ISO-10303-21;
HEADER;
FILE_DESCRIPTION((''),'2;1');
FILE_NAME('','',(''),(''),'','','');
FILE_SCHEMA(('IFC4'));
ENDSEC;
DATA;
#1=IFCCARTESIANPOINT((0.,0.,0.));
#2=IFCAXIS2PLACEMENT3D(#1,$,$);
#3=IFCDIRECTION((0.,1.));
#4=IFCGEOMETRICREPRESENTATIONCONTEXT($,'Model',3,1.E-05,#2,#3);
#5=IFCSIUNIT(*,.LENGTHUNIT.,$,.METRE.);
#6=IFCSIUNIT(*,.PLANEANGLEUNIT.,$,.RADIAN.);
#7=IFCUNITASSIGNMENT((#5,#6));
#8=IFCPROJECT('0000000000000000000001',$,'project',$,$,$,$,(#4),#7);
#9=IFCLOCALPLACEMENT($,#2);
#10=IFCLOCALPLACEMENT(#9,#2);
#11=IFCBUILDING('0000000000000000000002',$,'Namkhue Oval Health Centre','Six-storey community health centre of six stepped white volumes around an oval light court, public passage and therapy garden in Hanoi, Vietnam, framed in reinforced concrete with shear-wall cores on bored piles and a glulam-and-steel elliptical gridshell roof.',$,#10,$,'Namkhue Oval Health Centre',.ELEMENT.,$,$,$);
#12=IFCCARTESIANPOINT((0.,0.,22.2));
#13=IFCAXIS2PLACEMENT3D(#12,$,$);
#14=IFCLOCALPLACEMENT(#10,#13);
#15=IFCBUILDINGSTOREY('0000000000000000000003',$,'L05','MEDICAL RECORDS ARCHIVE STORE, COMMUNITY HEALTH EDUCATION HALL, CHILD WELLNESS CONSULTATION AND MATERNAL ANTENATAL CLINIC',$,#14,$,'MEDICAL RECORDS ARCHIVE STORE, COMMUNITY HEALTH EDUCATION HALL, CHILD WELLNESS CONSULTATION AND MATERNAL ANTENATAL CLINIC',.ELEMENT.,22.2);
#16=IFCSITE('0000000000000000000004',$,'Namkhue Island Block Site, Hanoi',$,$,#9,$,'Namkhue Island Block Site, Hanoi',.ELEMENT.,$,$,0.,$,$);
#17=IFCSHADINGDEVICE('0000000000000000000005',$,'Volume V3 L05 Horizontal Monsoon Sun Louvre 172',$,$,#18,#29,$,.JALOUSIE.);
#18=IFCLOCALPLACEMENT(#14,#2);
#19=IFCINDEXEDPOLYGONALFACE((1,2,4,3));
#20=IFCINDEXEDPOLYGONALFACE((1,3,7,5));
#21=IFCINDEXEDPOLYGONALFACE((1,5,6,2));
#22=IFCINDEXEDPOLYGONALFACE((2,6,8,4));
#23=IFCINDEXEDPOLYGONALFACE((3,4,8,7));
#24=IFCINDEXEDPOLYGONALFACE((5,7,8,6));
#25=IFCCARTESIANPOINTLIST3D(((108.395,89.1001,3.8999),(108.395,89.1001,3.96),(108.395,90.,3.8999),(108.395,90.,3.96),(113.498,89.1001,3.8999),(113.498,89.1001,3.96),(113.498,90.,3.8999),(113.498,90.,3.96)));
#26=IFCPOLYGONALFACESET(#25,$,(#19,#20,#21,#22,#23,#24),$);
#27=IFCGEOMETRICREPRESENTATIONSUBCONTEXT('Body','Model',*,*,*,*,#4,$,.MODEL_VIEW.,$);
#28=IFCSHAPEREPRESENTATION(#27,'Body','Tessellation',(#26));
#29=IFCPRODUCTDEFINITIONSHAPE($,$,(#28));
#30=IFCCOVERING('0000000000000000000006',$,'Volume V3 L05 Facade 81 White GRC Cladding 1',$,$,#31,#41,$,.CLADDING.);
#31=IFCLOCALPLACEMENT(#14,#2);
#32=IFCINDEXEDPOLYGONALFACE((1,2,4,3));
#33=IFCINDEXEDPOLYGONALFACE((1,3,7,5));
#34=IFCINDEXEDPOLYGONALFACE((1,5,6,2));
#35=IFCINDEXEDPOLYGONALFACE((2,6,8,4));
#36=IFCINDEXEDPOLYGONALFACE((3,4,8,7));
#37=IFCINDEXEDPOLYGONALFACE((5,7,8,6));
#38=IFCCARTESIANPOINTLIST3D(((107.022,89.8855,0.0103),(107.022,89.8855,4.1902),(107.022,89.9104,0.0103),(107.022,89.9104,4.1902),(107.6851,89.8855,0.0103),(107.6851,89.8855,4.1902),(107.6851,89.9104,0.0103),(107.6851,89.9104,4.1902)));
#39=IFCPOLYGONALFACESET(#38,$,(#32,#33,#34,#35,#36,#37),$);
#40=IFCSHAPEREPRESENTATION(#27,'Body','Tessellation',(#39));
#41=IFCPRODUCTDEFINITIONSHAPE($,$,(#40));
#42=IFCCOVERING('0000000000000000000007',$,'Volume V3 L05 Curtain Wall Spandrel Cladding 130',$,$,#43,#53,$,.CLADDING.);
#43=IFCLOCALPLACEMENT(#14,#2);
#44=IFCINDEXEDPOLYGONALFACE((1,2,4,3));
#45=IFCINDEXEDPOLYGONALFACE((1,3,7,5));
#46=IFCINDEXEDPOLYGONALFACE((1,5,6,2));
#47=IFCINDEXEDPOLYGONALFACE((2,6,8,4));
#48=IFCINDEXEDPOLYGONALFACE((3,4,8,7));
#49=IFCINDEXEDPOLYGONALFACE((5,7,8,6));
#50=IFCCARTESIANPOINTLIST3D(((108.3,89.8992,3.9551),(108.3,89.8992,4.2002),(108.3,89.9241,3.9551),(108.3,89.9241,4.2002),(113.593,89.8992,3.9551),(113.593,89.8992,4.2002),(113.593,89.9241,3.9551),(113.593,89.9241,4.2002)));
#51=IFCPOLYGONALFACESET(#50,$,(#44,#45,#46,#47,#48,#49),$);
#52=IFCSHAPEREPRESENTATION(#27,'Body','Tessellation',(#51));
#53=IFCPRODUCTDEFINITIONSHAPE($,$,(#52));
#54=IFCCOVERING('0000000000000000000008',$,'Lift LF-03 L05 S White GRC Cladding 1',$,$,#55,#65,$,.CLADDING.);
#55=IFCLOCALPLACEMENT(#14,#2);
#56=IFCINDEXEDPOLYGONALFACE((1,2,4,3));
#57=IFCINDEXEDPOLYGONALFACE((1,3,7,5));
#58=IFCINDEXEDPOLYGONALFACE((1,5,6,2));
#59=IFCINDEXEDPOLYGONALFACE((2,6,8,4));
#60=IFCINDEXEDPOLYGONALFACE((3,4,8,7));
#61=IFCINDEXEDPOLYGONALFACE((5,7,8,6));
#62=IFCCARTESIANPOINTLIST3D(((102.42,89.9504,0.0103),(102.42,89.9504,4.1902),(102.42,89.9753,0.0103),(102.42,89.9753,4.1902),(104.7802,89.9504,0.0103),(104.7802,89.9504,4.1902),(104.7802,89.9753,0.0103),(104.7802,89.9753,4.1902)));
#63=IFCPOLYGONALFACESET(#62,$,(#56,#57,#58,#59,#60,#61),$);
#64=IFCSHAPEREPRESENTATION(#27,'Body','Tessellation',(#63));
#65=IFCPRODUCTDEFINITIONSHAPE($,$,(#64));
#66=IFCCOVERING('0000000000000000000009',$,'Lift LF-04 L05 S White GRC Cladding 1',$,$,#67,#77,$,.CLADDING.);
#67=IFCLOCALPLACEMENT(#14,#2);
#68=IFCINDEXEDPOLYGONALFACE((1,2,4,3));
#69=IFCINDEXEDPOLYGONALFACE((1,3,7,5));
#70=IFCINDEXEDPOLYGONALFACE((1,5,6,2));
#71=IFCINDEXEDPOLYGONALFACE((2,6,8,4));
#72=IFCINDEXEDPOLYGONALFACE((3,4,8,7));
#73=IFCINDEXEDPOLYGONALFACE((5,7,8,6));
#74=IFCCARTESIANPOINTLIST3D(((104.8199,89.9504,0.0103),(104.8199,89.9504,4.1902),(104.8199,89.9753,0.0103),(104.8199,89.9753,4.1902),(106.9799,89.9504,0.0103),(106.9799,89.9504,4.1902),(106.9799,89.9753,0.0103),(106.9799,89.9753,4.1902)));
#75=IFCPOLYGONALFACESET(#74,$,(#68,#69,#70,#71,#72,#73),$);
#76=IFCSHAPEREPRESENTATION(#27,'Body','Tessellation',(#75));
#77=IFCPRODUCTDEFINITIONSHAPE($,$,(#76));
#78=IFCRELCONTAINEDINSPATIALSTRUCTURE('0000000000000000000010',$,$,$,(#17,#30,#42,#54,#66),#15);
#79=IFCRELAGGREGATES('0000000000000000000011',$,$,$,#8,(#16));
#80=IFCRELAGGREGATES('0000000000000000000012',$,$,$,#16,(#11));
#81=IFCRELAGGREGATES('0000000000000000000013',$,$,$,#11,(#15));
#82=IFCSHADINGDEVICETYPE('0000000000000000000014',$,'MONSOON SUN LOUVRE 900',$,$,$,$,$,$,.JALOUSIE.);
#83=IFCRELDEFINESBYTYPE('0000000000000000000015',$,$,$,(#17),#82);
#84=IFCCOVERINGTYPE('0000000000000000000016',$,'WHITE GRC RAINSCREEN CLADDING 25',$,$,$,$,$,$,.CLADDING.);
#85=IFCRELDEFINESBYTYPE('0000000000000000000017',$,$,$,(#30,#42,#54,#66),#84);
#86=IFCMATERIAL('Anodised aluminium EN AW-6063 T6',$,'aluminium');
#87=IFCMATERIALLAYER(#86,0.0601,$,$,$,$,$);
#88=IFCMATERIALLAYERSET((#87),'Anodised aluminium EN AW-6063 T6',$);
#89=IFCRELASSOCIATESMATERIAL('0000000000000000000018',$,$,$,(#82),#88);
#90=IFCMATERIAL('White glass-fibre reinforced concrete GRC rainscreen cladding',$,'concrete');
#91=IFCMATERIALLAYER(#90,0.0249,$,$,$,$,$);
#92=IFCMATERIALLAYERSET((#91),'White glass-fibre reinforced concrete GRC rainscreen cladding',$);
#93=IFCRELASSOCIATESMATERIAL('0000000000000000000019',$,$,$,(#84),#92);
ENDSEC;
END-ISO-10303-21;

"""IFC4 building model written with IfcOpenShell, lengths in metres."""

from ifc_helpers import new_model, si_unit, direction, frame, origin, origin_2d, place, context, subcontext, project, spatial, rectangle, extrude, material, layer, layer_set, type_object, element, save


model = new_model("IFC4")

# Units and contexts
model_context = context("Model", 3, precision=1e-05, world=origin(), true_north=direction((0.0, 1.0)))
body_context = subcontext(model_context, "Body", "Model", "MODEL_VIEW")
ifc_project = project(units=[si_unit("LENGTHUNIT", "METRE"), si_unit("PLANEANGLEUNIT", "RADIAN")], contexts=[model_context])

# Site, building, storey
site_placement = place(None, origin())
site = spatial("IfcSite", under=ifc_project, at=site_placement, Name="Namkhue Island Block Site, Hanoi", LongName="Namkhue Island Block Site, Hanoi", CompositionType="ELEMENT", RefElevation=0.0)
building_placement = place(site_placement, origin())
building = spatial("IfcBuilding", under=site, at=building_placement, Name="Namkhue Oval Health Centre", Description="Six-storey community health centre of six stepped white volumes around an oval light court, public passage and therapy garden in Hanoi, Vietnam, framed in reinforced concrete with shear-wall cores on bored piles and a glulam-and-steel elliptical gridshell roof.", LongName="Namkhue Oval Health Centre", CompositionType="ELEMENT")
storey_placement = place(building_placement, frame((0.0, 0.0, 22.2)))
storey = spatial("IfcBuildingStorey", under=building, at=storey_placement, Name="L05", Description="MEDICAL RECORDS ARCHIVE STORE, COMMUNITY HEALTH EDUCATION HALL, CHILD WELLNESS CONSULTATION AND MATERNAL ANTENATAL CLINIC", LongName="MEDICAL RECORDS ARCHIVE STORE, COMMUNITY HEALTH EDUCATION HALL, CHILD WELLNESS CONSULTATION AND MATERNAL ANTENATAL CLINIC", CompositionType="ELEMENT", Elevation=22.2)

# Shared definitions
ifc_material_1 = material(Name="Anodised aluminium EN AW-6063 T6", Category="aluminium")

# Shading device
ifc_layer_1 = layer(ifc_material_1, 0.0601)
ifc_layer_set_1 = layer_set([ifc_layer_1], Name="Anodised aluminium EN AW-6063 T6")
shading_device_type = type_object("IfcShadingDeviceType", Name="MONSOON SUN LOUVRE 900", PredefinedType="JALOUSIE", material=ifc_layer_set_1)
shading_device_placement = place(storey_placement, frame((110.9465, 89.55, 3.8999), z_axis=(0.0, 0.0, 1.0), x_axis=(1.0, 0.0, 0.0)))
element("IfcShadingDevice", 1, at=shading_device_placement, inside=storey, type_object=shading_device_type, Name="Volume V3 L05 Horizontal Monsoon Sun Louvre 172", PredefinedType="JALOUSIE", context=body_context, shape_type="SweptSolid", body=[
    extrude(rectangle(XDim=5.103, YDim=0.8999, at=origin_2d()), origin(), (0.0, 0.0, 1.0), 0.0601),
])

# Coverings
ifc_material_2 = material(Name="White glass-fibre reinforced concrete GRC rainscreen cladding", Category="concrete")
ifc_layer_2 = layer(ifc_material_2, 0.0249)
ifc_layer_set_2 = layer_set([ifc_layer_2], Name="White glass-fibre reinforced concrete GRC rainscreen cladding")
covering_type = type_object("IfcCoveringType", Name="WHITE GRC RAINSCREEN CLADDING 25", PredefinedType="CLADDING", material=ifc_layer_set_2)
covering_1_placement = place(storey_placement, frame((107.3535, 89.8979, 0.0103), z_axis=(0.0, 0.0, 1.0), x_axis=(1.0, 0.0, 0.0)))
element("IfcCovering", 2, at=covering_1_placement, inside=storey, type_object=covering_type, Name="Volume V3 L05 Facade 81 White GRC Cladding 1", PredefinedType="CLADDING", context=body_context, shape_type="SweptSolid", body=[
    extrude(rectangle(XDim=0.6631, YDim=0.0249, at=origin_2d()), origin(), (0.0, 0.0, 1.0), 4.1799),
])
covering_2_placement = place(storey_placement, frame((110.9465, 89.9116, 3.9551), z_axis=(0.0, 0.0, 1.0), x_axis=(1.0, 0.0, 0.0)))
element("IfcCovering", 3, at=covering_2_placement, inside=storey, type_object=covering_type, Name="Volume V3 L05 Curtain Wall Spandrel Cladding 130", PredefinedType="CLADDING", context=body_context, shape_type="SweptSolid", body=[
    extrude(rectangle(XDim=5.293, YDim=0.0249, at=origin_2d()), origin(), (0.0, 0.0, 1.0), 0.2451),
])
covering_3_placement = place(storey_placement, frame((103.6001, 89.9629, 0.0103), z_axis=(0.0, 0.0, 1.0), x_axis=(1.0, 0.0, 0.0)))
element("IfcCovering", 4, at=covering_3_placement, inside=storey, type_object=covering_type, Name="Lift LF-03 L05 S White GRC Cladding 1", PredefinedType="CLADDING", context=body_context, shape_type="SweptSolid", body=[
    extrude(rectangle(XDim=2.3601, YDim=0.0249, at=origin_2d()), origin(), (0.0, 0.0, 1.0), 4.1799),
])
covering_4_placement = place(storey_placement, frame((105.8999, 89.9629, 0.0103), z_axis=(0.0, 0.0, 1.0), x_axis=(1.0, 0.0, 0.0)))
element("IfcCovering", 5, at=covering_4_placement, inside=storey, type_object=covering_type, Name="Lift LF-04 L05 S White GRC Cladding 1", PredefinedType="CLADDING", context=body_context, shape_type="SweptSolid", body=[
    extrude(rectangle(XDim=2.1599, YDim=0.0249, at=origin_2d()), origin(), (0.0, 0.0, 1.0), 4.1799),
])

save(model, "model.ifc")
